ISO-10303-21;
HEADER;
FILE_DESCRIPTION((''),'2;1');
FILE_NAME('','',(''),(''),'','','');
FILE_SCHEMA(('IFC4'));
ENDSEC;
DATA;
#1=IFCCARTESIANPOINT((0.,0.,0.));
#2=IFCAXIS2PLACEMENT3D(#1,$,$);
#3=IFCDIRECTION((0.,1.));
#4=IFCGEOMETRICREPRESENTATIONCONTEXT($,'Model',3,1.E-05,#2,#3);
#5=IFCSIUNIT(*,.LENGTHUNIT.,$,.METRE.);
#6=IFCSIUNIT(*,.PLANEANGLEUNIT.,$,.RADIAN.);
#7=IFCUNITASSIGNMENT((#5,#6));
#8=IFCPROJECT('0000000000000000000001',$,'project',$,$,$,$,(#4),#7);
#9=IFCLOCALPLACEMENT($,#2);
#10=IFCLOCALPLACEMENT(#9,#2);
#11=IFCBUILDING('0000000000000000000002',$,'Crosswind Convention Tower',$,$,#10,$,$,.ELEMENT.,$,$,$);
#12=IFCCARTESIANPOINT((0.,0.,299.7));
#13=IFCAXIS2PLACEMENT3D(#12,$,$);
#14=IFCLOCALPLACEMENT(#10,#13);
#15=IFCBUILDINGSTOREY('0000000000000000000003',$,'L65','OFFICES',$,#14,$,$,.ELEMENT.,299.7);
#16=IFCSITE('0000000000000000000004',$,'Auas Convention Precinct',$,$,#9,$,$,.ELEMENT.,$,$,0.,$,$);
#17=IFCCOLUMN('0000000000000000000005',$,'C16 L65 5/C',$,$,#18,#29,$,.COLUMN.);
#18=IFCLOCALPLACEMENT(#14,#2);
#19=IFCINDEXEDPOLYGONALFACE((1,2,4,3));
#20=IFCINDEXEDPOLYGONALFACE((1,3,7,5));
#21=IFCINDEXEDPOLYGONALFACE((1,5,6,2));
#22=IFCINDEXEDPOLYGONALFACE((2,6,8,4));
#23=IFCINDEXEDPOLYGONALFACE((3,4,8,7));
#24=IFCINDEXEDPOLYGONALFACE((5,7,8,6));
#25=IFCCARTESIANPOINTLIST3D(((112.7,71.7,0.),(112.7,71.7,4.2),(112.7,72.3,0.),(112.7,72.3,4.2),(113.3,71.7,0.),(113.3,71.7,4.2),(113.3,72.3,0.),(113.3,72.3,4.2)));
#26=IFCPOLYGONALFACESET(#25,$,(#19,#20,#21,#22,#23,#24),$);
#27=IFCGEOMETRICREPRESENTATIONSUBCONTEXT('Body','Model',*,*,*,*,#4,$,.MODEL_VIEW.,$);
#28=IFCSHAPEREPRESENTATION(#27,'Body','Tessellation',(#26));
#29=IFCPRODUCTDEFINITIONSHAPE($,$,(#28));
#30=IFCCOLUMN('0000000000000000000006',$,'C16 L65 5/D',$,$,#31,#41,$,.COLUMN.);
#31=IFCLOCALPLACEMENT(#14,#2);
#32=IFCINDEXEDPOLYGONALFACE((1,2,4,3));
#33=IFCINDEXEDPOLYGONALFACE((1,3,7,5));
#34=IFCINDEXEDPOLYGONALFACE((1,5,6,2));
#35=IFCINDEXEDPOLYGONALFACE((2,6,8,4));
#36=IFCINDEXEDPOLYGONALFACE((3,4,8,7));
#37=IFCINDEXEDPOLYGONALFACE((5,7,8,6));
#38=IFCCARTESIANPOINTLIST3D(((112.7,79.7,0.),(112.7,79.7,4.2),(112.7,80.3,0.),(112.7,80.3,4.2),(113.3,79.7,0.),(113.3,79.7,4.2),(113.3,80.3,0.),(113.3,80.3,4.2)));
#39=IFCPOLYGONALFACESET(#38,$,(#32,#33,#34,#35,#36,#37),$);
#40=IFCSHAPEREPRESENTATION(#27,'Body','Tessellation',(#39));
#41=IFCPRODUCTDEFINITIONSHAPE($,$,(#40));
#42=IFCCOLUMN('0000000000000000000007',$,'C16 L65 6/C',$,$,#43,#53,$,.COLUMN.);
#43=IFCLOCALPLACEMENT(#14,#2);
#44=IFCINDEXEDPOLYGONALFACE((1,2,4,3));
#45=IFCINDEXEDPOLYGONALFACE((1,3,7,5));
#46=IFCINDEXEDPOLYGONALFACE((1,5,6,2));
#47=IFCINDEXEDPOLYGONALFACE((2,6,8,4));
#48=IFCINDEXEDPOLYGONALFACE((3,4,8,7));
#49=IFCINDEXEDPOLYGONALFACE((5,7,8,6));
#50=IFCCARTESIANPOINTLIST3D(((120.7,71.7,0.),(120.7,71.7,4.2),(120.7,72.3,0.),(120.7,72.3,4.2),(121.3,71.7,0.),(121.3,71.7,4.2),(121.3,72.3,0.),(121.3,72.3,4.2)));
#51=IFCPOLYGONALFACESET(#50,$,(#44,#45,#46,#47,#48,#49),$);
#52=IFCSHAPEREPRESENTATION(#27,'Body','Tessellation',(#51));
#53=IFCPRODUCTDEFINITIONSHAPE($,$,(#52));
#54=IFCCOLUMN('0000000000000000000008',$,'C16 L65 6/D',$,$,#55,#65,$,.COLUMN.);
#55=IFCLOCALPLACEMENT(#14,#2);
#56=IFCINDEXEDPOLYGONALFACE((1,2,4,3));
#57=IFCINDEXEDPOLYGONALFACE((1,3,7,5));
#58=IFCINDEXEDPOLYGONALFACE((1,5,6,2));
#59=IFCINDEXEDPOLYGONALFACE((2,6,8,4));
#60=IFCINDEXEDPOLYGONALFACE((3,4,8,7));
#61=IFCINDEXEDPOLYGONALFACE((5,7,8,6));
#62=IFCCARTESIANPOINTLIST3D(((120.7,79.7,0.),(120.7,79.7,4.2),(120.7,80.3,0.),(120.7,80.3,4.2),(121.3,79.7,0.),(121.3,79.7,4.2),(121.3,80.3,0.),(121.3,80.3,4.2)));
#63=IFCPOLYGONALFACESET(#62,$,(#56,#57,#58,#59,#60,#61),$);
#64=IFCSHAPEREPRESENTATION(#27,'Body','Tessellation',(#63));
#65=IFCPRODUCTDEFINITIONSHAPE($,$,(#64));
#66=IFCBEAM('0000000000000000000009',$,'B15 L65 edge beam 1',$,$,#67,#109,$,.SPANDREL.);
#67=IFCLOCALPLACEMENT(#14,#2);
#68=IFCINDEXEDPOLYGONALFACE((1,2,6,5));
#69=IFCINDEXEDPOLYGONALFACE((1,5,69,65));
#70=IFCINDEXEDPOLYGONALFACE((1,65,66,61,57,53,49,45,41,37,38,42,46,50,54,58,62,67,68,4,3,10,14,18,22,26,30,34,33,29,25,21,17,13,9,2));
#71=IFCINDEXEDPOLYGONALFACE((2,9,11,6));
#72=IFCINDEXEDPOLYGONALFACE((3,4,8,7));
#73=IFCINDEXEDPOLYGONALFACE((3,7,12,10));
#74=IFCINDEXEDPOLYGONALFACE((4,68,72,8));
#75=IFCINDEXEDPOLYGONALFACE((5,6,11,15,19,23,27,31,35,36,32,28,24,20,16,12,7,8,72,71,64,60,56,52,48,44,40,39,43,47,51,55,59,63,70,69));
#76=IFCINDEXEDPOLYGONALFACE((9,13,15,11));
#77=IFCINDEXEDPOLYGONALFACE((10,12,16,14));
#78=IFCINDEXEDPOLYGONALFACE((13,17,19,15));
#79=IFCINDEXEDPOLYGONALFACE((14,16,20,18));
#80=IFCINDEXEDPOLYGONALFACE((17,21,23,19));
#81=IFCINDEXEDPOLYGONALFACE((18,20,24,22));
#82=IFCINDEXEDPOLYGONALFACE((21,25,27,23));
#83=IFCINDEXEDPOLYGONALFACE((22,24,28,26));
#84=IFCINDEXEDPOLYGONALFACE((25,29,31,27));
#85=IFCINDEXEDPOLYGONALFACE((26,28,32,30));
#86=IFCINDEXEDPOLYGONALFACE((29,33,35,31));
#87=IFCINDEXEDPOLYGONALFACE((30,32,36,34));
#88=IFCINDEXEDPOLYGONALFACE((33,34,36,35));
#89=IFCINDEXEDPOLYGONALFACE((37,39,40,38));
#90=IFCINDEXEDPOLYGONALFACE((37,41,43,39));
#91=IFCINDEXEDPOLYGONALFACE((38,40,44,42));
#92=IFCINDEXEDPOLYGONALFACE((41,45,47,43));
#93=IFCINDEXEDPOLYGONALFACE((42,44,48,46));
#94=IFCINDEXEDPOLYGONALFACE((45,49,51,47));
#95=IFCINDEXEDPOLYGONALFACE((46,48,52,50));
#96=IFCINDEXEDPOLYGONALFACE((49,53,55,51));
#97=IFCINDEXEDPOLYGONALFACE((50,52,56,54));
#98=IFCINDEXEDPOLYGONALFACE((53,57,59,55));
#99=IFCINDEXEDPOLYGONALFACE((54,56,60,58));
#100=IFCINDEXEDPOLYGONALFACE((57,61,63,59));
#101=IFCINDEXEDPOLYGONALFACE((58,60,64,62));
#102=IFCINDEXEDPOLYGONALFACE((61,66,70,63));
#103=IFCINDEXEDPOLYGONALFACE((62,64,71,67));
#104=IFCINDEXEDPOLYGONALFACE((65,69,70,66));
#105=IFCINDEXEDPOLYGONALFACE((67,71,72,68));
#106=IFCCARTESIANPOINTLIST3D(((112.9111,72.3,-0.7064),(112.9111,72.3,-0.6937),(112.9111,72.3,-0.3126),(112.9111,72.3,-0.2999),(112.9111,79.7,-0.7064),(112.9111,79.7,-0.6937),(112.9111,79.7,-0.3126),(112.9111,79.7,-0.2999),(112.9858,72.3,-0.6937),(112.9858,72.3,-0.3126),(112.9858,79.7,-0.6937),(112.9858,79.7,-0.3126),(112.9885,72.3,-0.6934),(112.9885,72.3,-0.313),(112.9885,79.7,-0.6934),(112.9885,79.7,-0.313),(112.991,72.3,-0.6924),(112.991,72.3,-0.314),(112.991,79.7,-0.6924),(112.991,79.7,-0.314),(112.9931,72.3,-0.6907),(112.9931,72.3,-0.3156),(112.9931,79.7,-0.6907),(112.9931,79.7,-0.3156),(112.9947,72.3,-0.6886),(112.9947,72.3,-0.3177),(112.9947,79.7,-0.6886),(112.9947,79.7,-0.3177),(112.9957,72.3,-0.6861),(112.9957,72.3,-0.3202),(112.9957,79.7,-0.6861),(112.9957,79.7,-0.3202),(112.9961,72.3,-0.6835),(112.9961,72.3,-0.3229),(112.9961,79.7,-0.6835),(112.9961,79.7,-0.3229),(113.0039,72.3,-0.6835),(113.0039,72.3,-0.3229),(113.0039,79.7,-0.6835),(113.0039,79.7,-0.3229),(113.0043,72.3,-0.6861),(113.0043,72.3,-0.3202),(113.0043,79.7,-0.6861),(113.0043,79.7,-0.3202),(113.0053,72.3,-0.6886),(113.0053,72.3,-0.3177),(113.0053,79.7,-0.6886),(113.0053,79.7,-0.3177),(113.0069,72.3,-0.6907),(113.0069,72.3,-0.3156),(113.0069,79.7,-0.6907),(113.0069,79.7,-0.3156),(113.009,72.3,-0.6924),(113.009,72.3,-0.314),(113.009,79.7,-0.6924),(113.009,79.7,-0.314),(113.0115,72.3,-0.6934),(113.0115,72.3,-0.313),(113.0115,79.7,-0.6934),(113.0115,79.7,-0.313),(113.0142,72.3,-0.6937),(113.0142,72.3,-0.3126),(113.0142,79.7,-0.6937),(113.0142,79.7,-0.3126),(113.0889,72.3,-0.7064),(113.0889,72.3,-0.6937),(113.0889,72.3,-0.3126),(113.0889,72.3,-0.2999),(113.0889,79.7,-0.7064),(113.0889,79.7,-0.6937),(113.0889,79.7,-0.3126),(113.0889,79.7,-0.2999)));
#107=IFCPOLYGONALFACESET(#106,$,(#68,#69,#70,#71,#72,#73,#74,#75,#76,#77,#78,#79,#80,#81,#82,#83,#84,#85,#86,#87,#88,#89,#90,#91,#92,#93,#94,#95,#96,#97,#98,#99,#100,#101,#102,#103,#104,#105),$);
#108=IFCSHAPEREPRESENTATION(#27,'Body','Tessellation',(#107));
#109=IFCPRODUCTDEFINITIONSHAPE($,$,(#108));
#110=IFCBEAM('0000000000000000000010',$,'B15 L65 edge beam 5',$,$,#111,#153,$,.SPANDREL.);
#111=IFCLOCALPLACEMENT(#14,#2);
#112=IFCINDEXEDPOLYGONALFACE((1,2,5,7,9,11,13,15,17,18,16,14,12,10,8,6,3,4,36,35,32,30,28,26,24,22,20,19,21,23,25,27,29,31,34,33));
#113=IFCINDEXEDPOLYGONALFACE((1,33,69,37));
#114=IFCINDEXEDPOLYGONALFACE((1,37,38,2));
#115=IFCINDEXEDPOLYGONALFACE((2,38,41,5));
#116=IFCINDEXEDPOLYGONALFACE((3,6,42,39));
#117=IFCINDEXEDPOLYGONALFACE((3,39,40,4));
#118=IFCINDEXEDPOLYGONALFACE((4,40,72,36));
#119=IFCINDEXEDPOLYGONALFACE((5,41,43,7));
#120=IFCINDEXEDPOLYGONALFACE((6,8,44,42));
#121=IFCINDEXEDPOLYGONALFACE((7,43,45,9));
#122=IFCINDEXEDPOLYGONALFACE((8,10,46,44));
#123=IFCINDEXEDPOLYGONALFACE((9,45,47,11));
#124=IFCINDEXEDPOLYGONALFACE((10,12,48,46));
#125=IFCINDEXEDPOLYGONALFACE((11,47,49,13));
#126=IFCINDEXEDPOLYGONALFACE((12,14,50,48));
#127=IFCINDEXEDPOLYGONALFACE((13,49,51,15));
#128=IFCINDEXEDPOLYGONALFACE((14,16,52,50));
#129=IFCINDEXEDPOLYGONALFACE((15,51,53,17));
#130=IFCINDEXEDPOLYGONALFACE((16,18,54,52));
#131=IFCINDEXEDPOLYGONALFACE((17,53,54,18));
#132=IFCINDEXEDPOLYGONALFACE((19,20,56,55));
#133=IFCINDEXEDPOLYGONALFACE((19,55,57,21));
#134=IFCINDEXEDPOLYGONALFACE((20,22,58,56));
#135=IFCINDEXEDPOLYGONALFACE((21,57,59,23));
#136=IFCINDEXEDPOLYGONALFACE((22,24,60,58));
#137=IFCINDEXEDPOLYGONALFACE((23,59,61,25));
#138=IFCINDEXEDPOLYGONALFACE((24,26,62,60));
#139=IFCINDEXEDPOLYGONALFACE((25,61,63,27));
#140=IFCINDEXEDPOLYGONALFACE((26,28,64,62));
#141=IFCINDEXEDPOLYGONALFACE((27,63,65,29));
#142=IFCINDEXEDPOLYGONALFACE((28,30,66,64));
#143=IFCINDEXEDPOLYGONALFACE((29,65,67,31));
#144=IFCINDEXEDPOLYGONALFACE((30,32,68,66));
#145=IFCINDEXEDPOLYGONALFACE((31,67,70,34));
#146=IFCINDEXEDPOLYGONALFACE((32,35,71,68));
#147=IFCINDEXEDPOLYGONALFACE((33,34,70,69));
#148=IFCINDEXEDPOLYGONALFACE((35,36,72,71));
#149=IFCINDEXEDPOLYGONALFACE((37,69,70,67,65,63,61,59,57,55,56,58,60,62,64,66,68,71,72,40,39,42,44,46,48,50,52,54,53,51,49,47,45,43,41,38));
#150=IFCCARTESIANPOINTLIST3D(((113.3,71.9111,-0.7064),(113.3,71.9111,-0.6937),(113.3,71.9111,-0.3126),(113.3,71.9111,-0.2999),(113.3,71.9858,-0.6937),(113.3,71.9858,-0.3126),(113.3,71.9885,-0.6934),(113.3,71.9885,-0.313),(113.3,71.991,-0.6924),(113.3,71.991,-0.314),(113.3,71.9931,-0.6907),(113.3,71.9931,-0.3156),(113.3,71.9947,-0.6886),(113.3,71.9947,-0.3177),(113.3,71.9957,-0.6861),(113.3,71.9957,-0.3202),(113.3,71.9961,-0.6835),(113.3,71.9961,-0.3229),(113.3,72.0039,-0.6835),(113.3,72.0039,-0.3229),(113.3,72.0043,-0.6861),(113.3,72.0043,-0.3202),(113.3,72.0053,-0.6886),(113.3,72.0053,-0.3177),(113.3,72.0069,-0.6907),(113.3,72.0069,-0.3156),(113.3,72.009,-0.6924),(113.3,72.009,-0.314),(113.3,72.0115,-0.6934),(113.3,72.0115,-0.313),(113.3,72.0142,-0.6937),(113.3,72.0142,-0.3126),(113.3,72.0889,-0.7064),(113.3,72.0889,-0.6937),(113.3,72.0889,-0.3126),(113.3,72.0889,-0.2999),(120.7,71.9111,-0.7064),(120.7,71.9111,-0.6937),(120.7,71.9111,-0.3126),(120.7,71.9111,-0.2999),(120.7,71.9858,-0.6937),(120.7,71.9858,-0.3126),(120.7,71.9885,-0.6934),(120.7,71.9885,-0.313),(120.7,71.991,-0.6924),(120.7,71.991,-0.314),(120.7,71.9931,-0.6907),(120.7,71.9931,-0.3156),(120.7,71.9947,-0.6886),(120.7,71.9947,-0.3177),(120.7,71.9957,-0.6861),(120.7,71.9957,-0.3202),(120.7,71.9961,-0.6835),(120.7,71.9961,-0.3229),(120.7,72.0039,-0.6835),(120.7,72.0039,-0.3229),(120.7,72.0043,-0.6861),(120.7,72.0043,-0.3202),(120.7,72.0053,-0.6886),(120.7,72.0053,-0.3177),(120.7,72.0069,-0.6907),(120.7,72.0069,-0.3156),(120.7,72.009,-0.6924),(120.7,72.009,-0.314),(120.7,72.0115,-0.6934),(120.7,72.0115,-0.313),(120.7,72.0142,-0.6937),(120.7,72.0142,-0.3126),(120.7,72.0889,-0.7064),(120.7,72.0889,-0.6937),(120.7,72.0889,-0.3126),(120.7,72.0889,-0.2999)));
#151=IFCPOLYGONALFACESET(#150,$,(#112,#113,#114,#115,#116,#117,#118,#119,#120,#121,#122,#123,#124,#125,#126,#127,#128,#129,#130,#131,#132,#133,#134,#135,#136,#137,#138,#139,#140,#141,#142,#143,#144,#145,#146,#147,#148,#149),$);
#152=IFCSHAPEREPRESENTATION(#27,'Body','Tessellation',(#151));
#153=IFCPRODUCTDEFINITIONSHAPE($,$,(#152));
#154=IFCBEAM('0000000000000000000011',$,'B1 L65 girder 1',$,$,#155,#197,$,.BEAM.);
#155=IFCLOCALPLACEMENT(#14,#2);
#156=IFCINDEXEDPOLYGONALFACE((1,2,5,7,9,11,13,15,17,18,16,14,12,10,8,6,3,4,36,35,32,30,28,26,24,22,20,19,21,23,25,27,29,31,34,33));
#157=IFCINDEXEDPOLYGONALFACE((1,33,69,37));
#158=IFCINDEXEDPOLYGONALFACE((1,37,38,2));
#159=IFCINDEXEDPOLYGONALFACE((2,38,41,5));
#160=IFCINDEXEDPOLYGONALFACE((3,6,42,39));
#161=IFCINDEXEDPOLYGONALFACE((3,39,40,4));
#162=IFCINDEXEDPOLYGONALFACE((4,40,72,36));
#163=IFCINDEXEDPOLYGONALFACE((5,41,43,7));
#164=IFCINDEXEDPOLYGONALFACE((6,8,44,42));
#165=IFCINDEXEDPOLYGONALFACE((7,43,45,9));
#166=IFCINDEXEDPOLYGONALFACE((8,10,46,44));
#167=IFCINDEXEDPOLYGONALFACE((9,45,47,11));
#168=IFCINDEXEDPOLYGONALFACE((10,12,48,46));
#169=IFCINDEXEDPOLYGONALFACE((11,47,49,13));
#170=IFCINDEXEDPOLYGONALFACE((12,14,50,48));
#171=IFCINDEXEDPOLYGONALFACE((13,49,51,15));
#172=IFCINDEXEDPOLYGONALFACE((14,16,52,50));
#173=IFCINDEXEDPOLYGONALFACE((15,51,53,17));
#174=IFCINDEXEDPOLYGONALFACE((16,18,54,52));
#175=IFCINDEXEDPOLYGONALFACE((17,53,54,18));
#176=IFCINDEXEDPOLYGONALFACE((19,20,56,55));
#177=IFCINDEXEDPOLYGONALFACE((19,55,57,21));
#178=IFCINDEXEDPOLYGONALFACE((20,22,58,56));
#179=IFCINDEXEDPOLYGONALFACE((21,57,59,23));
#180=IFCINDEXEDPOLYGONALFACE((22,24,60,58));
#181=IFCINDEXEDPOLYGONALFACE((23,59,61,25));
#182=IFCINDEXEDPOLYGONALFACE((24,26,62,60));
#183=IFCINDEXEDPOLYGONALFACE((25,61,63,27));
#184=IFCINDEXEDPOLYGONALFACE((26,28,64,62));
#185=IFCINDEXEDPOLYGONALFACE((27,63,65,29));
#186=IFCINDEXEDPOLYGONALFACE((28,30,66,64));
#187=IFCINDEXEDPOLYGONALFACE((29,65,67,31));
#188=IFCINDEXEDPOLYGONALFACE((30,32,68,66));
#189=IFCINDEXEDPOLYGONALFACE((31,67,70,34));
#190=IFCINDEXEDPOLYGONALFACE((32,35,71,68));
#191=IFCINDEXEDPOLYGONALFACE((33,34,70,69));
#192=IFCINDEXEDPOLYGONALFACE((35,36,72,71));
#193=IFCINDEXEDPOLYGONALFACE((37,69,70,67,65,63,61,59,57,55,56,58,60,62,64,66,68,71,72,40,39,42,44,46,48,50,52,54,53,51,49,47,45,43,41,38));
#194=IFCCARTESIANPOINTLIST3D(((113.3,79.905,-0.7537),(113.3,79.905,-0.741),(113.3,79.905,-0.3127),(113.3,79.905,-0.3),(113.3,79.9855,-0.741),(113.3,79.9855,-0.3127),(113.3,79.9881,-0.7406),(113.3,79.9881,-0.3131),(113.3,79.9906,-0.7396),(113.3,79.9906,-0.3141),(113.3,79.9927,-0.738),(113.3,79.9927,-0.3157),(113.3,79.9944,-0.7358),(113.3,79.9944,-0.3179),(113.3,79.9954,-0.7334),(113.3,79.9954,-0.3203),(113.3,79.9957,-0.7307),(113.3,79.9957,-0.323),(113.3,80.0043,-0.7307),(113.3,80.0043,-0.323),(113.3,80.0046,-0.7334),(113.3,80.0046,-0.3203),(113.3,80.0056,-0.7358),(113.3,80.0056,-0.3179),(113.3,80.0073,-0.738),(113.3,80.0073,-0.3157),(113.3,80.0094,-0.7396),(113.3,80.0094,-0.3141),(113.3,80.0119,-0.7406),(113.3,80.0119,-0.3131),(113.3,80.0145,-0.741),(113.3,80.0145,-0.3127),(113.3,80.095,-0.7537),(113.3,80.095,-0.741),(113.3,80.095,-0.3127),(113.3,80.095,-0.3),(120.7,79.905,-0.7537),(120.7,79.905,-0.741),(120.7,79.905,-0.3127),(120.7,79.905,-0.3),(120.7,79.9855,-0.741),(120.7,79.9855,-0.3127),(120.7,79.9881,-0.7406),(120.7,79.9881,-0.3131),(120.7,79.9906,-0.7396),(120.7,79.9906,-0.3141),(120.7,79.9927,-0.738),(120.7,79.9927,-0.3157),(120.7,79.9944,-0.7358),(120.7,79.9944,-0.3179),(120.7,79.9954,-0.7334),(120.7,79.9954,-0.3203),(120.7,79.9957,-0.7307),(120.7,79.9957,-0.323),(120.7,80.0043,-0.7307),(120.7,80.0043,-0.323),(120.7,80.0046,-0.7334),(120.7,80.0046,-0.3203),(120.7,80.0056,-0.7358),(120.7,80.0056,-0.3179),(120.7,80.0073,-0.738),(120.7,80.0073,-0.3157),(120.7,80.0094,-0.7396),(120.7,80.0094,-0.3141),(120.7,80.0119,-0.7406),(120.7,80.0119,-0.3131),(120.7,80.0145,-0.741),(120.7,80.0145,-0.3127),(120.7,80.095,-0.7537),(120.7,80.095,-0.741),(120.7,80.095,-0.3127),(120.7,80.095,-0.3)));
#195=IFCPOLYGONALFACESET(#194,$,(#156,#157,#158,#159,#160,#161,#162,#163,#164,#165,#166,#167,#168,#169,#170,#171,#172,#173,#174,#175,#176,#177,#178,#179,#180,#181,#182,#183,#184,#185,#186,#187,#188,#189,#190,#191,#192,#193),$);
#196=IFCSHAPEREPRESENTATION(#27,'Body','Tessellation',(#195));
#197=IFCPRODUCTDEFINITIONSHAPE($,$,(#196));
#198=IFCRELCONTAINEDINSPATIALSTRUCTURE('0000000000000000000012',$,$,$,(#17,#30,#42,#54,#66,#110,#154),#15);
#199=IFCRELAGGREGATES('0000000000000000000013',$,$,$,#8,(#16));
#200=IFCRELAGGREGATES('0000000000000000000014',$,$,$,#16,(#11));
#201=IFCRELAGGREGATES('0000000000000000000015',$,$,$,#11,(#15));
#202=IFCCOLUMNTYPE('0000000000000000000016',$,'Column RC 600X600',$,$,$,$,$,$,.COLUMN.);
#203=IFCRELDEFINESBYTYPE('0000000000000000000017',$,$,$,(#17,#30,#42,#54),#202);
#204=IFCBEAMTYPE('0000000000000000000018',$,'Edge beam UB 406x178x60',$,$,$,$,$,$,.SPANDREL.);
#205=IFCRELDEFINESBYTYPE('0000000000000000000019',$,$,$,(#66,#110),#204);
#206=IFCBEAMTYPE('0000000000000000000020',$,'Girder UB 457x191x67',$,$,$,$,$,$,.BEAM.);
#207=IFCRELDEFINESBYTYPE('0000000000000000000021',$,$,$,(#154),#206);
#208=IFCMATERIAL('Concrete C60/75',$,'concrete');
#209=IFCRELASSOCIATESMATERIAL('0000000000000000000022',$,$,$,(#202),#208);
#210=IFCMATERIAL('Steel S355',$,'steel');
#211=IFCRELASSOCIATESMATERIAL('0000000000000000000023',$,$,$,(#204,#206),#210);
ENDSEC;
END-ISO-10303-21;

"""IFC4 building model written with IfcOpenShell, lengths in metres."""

from ifc_helpers import new_model, si_unit, direction, frame, origin, origin_2d, place, context, subcontext, project, spatial, rectangle, i_section, extrude, material, material_profile, profile_set, type_object, element, save


model = new_model("IFC4")

# Units and contexts
model_context = context("Model", 3, precision=1e-05, world=origin(), true_north=direction((0.0, 1.0)))
body_context = subcontext(model_context, "Body", "Model", "MODEL_VIEW")
ifc_project = project(units=[si_unit("LENGTHUNIT", "METRE"), si_unit("PLANEANGLEUNIT", "RADIAN")], contexts=[model_context])

# Site, building, storey
site_placement = place(None, origin())
site = spatial("IfcSite", under=ifc_project, at=site_placement, Name="Auas Convention Precinct", CompositionType="ELEMENT", RefElevation=0.0)
building_placement = place(site_placement, origin())
building = spatial("IfcBuilding", under=site, at=building_placement, Name="Crosswind Convention Tower", CompositionType="ELEMENT")
storey_placement = place(building_placement, frame((0.0, 0.0, 299.7)))
storey = spatial("IfcBuildingStorey", under=building, at=storey_placement, Name="L65", Description="OFFICES", CompositionType="ELEMENT", Elevation=299.7)

# Columns
ifc_material_1 = material(Name="Concrete C60/75", Category="concrete")
ifc_material_profile_1 = material_profile(ifc_material_1, rectangle(XDim=0.6001, YDim=0.6001, at=origin_2d()), Name="RC 600X600")
ifc_profile_set_1 = profile_set([ifc_material_profile_1], Name="Concrete C60/75")
column_type = type_object("IfcColumnType", Name="Column RC 600X600", PredefinedType="COLUMN", material=ifc_profile_set_1)
for number, where, z_axis, x_axis, name in (
    (1, (113.0, 72.0, 0.0), (0.0, 0.0, 1.0), (1.0, 0.0, 0.0), "C16 L65 5/C"),
    (2, (113.0, 80.0, 0.0), (0.0, 0.0, 1.0), (1.0, 0.0, 0.0), "C16 L65 5/D"),
    (3, (121.0, 72.0, 0.0), (0.0, 0.0, 1.0), (1.0, 0.0, 0.0), "C16 L65 6/C"),
    (4, (121.0, 80.0, 0.0), (0.0, 0.0, 1.0), (1.0, 0.0, 0.0), "C16 L65 6/D"),
):
    element("IfcColumn", number, at=place(storey_placement, frame(where, z_axis=z_axis, x_axis=x_axis)), inside=storey, type_object=column_type, Name=name, PredefinedType="COLUMN", context=body_context, shape_type="SweptSolid", body=[
        extrude(rectangle(XDim=0.6001, YDim=0.6001, at=origin_2d()), origin(), (0.0, 0.0, 1.0), 4.2),
    ])

# Beams
ifc_material_2 = material(Name="Steel S355", Category="steel")
ifc_material_profile_2 = material_profile(ifc_material_2, i_section(OverallWidth=0.1777, OverallDepth=0.4065, WebThickness=0.0078, FlangeThickness=0.0127, FilletRadius=0.0103, at=origin_2d()), Name="UB 406x178x60")
ifc_profile_set_2 = profile_set([ifc_material_profile_2], Name="Steel S355")
beam_type_1 = type_object("IfcBeamType", Name="Edge beam UB 406x178x60", PredefinedType="SPANDREL", material=ifc_profile_set_2)
for number, where, z_axis, x_axis, name in (
    (5, (113.0, 72.3, -0.5032), (0.0, 1.0, 0.0), (-1.0, 0.0, 0.0), "B15 L65 edge beam 1"),
    (6, (113.3, 72.0, -0.5032), (1.0, 0.0, 0.0), (0.0, 1.0, 0.0), "B15 L65 edge beam 5"),
):
    element("IfcBeam", number, at=place(storey_placement, frame(where, z_axis=z_axis, x_axis=x_axis)), inside=storey, type_object=beam_type_1, Name=name, PredefinedType="SPANDREL", context=body_context, shape_type="SweptSolid", body=[
        extrude(i_section(OverallWidth=0.1777, OverallDepth=0.4065, WebThickness=0.0078, FlangeThickness=0.0127, FilletRadius=0.0103, at=origin_2d()), origin(), (0.0, 0.0, 1.0), 7.3999),
    ])
ifc_material_profile_3 = material_profile(ifc_material_2, i_section(OverallWidth=0.1899, OverallDepth=0.4536, WebThickness=0.0085, FlangeThickness=0.0127, FilletRadius=0.0103, at=origin_2d()), Name="UB 457x191x67")
ifc_profile_set_3 = profile_set([ifc_material_profile_3], Name="Steel S355")
beam_type_2 = type_object("IfcBeamType", Name="Girder UB 457x191x67", PredefinedType="BEAM", material=ifc_profile_set_3)
for number, where, z_axis, x_axis, name in (
    (7, (113.3, 80.0, -0.5269), (1.0, 0.0, 0.0), (0.0, 1.0, 0.0), "B1 L65 girder 1"),
):
    element("IfcBeam", number, at=place(storey_placement, frame(where, z_axis=z_axis, x_axis=x_axis)), inside=storey, type_object=beam_type_2, Name=name, PredefinedType="BEAM", context=body_context, shape_type="SweptSolid", body=[
        extrude(i_section(OverallWidth=0.1899, OverallDepth=0.4536, WebThickness=0.0085, FlangeThickness=0.0127, FilletRadius=0.0103, at=origin_2d()), origin(), (0.0, 0.0, 1.0), 7.3999),
    ])

save(model, "model.ifc")
